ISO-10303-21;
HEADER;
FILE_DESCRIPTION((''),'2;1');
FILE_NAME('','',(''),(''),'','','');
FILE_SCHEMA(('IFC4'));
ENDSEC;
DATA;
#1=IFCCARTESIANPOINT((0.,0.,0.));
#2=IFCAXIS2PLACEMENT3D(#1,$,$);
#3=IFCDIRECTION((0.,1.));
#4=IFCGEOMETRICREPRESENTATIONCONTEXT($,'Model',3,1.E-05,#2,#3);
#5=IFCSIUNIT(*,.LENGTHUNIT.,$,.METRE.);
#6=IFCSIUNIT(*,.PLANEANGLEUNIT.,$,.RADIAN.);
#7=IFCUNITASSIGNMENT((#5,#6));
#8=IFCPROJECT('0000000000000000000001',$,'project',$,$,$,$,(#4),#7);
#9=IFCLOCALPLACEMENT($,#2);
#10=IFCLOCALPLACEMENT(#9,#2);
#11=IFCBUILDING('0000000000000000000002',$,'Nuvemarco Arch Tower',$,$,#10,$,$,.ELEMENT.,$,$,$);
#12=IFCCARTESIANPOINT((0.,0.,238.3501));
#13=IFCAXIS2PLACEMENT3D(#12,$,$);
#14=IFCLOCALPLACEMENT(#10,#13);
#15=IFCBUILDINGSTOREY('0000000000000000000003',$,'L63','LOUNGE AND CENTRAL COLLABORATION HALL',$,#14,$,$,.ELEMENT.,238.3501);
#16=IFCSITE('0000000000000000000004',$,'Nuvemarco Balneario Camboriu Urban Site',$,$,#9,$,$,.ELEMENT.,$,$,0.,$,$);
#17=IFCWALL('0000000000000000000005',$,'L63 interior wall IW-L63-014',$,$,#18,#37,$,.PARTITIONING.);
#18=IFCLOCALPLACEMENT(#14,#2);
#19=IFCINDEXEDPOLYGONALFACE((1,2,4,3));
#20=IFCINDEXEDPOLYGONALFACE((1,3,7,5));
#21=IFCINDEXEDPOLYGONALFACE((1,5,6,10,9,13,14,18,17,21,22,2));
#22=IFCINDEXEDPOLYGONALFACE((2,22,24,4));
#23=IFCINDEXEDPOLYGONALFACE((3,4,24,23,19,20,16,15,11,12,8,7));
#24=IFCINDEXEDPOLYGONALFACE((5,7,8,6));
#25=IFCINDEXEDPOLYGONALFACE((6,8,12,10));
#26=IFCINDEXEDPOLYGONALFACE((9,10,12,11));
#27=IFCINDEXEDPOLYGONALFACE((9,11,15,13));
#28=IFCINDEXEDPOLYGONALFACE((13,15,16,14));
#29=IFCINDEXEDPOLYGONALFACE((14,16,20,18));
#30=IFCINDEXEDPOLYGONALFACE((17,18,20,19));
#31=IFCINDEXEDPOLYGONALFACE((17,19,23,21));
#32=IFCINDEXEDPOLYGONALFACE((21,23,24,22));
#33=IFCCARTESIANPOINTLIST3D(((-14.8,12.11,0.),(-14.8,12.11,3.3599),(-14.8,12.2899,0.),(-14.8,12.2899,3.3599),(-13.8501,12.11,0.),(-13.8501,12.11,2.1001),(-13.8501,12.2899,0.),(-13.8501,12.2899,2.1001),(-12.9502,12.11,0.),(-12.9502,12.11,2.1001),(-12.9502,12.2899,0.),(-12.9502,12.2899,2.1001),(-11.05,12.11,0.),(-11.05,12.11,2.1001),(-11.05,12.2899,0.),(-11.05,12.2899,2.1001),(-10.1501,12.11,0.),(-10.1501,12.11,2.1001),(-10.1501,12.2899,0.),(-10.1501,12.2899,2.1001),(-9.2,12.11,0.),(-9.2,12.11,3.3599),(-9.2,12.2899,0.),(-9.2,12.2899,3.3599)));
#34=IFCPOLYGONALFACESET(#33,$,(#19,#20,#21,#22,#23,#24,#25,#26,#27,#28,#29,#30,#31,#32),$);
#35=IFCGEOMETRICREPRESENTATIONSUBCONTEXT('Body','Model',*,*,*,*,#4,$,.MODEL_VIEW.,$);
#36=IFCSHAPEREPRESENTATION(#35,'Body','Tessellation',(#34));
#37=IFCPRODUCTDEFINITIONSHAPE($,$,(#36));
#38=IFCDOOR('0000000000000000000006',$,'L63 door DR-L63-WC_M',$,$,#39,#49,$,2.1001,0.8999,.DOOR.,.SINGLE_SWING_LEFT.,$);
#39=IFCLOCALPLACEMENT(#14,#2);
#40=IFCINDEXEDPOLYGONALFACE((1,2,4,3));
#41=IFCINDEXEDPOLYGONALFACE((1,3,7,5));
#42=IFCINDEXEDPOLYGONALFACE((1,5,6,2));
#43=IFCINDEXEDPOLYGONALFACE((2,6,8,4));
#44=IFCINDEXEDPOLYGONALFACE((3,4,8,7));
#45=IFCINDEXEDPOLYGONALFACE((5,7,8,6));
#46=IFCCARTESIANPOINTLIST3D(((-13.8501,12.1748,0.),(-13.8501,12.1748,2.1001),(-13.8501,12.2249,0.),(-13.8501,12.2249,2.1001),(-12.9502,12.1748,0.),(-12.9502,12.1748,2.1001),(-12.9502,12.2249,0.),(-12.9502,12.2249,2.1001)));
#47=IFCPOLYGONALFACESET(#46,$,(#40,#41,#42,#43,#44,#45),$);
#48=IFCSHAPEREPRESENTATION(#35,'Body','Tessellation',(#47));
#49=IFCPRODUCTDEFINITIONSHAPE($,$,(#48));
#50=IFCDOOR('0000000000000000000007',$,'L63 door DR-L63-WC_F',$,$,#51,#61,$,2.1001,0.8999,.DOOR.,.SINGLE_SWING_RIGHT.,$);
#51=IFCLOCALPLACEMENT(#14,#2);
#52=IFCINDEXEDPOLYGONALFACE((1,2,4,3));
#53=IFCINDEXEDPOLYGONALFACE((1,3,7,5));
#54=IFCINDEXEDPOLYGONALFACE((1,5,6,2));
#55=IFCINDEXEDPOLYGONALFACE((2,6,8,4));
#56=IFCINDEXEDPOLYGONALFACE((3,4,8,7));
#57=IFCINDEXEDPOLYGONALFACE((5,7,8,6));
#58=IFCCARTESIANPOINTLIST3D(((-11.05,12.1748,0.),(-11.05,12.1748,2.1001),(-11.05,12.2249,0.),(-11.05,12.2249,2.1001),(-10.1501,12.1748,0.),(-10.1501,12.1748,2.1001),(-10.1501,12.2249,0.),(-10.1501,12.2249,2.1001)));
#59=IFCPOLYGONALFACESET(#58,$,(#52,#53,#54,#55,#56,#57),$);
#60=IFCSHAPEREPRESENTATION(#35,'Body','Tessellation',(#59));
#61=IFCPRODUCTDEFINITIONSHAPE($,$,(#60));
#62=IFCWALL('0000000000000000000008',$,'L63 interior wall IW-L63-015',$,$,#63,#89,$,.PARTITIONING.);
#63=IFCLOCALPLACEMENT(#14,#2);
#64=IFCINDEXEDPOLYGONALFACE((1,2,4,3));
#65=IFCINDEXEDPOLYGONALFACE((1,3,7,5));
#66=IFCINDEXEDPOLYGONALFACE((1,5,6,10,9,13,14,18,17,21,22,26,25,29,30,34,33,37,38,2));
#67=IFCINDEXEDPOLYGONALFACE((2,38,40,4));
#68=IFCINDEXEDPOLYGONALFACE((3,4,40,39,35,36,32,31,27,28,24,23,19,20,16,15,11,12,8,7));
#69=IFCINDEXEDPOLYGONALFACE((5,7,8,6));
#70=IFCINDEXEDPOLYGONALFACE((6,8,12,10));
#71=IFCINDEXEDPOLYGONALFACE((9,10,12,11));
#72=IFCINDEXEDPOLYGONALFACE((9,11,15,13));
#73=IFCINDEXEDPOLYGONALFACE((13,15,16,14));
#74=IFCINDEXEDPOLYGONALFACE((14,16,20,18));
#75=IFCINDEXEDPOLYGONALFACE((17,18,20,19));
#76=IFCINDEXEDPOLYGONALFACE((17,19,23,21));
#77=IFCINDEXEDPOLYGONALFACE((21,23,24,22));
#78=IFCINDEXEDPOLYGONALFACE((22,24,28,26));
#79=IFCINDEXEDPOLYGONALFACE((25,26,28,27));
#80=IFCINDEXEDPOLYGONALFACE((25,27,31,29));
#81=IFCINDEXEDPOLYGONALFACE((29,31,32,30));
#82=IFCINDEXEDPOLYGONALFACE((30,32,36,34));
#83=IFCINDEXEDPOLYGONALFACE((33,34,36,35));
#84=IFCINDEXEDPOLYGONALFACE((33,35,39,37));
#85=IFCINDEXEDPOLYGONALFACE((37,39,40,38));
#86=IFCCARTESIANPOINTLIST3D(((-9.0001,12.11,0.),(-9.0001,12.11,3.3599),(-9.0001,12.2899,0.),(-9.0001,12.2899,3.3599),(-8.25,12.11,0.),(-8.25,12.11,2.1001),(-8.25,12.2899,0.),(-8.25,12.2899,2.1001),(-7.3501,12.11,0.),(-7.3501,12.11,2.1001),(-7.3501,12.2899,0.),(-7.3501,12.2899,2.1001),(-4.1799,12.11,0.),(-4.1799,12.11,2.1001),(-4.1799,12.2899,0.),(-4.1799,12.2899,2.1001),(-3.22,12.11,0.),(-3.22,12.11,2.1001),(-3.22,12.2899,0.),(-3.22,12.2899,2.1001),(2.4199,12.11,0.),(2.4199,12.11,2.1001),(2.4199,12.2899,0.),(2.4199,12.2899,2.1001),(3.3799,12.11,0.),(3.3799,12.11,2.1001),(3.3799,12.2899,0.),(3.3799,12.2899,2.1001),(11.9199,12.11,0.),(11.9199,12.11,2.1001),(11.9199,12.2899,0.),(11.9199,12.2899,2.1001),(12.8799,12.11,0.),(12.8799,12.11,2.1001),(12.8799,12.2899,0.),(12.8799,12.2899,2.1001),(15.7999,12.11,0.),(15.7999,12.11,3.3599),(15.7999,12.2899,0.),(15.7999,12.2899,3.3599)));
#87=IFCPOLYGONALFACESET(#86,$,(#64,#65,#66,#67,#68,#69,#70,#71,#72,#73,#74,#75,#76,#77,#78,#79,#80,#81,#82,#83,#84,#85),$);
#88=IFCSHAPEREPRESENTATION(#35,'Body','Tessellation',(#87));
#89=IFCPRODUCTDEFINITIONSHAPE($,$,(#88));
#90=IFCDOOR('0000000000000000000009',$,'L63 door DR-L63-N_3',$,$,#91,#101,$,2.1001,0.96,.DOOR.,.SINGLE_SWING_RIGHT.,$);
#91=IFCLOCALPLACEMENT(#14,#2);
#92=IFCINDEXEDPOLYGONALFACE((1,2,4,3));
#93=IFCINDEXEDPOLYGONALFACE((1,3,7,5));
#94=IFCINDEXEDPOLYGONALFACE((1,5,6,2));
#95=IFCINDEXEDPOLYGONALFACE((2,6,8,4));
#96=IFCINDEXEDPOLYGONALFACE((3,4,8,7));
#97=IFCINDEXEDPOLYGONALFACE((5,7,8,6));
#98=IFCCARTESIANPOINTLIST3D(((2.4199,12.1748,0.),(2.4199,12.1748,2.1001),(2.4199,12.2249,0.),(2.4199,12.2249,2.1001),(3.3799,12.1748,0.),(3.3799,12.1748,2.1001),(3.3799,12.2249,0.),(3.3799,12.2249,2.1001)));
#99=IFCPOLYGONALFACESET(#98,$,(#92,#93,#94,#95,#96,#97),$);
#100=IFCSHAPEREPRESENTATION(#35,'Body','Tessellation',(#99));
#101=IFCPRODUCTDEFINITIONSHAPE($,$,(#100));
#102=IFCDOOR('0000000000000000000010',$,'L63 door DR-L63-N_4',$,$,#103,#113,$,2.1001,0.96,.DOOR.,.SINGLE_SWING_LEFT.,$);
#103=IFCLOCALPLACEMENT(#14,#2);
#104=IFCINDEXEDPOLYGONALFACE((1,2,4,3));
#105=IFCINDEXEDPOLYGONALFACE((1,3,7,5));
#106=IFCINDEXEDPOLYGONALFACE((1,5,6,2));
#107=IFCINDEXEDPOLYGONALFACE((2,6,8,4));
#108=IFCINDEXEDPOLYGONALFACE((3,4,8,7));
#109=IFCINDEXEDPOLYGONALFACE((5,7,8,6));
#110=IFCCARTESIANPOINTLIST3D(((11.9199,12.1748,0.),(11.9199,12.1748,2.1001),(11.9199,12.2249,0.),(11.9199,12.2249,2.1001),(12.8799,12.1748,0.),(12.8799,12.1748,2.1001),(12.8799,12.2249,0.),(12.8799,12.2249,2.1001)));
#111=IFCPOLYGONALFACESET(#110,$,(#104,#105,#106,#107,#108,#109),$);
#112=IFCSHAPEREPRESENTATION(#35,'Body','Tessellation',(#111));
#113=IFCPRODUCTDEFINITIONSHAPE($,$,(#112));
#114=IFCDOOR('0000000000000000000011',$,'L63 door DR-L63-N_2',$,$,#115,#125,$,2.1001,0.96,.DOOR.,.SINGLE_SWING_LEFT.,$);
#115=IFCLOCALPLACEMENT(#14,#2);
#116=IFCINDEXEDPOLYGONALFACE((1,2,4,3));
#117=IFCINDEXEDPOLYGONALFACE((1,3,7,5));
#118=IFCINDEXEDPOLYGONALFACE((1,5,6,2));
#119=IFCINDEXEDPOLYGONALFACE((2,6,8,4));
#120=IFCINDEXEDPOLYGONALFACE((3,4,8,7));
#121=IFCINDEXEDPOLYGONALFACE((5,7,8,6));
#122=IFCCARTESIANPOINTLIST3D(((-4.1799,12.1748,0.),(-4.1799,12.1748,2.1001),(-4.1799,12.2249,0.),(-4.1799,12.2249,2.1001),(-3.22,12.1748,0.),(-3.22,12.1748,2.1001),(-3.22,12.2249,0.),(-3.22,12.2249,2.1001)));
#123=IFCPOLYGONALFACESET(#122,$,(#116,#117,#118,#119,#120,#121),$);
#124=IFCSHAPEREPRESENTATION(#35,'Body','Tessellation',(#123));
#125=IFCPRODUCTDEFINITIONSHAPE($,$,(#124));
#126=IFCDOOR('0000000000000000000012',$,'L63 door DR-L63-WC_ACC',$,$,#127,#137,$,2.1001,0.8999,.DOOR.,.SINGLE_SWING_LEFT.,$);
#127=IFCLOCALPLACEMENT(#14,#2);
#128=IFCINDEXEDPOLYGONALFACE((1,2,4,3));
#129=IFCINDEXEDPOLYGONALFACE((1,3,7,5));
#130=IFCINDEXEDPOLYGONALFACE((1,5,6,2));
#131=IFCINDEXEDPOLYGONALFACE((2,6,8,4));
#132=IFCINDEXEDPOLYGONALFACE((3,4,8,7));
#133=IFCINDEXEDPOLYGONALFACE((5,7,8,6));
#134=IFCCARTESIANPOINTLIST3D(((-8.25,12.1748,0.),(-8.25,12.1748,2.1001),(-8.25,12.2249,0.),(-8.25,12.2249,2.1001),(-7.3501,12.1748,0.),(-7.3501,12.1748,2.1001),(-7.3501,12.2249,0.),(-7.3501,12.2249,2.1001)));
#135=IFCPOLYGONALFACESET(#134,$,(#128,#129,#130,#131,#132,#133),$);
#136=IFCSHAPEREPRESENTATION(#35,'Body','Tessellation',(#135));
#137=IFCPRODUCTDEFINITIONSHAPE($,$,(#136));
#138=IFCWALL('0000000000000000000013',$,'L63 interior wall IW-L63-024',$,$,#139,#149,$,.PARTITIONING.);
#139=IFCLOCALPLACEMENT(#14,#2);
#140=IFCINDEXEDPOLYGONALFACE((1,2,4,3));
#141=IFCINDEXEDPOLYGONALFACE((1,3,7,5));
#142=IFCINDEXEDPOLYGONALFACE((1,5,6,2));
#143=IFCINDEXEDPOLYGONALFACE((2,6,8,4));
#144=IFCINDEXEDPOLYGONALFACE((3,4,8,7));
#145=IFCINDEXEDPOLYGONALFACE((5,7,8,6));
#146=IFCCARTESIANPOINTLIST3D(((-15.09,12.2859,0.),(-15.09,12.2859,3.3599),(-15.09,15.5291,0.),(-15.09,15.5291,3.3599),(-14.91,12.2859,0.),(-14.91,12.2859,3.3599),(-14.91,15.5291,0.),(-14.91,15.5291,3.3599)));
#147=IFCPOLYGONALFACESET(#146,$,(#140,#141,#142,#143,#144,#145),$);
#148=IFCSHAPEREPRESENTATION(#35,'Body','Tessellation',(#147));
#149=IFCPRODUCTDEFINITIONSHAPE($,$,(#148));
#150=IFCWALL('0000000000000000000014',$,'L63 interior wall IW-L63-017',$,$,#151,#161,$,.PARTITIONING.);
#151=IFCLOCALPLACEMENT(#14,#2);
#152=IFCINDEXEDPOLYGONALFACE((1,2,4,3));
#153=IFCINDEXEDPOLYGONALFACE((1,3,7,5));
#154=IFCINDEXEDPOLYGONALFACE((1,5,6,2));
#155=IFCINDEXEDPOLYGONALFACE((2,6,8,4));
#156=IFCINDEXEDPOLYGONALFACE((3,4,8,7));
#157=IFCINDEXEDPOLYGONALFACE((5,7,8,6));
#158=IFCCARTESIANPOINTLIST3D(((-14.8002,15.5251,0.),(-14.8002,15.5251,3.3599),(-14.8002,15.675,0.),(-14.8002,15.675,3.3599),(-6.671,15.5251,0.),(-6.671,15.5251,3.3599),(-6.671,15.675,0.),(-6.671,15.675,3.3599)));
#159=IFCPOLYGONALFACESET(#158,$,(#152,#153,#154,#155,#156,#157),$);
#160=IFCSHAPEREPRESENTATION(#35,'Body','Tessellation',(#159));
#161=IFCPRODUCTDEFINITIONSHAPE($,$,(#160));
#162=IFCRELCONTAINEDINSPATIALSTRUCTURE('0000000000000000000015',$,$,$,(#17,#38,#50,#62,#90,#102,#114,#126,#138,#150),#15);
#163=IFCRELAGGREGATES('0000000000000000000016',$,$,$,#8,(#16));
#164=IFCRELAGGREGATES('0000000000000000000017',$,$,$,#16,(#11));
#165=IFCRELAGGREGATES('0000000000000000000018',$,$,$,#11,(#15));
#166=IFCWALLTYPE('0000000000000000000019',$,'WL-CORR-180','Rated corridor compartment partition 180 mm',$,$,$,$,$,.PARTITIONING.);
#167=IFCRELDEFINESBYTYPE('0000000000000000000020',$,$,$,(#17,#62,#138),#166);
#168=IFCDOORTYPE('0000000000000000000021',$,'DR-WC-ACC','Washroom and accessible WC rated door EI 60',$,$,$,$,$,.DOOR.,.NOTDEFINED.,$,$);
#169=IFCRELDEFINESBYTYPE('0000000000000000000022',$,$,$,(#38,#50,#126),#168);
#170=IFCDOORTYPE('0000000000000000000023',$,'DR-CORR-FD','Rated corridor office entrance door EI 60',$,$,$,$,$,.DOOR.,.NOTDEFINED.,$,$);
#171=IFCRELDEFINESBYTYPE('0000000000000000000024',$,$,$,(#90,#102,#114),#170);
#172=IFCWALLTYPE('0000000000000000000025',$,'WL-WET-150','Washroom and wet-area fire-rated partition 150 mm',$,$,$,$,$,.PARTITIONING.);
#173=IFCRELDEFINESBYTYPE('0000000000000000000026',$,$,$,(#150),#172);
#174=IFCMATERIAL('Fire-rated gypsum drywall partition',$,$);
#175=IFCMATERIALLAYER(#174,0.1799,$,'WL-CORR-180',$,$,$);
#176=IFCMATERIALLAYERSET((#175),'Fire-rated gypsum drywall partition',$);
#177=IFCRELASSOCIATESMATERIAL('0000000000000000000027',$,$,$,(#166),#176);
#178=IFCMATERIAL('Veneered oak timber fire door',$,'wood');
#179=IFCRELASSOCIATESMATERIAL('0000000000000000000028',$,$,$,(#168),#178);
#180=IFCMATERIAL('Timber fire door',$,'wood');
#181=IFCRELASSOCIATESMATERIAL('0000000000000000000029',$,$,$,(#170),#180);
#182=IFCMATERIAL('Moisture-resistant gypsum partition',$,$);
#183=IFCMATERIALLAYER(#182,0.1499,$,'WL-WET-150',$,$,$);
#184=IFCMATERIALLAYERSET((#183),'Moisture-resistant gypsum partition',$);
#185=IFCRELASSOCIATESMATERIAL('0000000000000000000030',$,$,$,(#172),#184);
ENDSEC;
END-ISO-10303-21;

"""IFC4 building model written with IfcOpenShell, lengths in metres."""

from ifc_helpers import new_model, si_unit, direction, frame, frame_2d, origin, place, context, subcontext, project, spatial, rectangle, extrude, source, transform, mapped, material, layer, layer_set, type_object, type_shapes, element, fill, save


model = new_model("IFC4")

# Units and contexts
model_context = context("Model", 3, precision=1e-05, world=origin(), true_north=direction((0.0, 1.0)))
body_context = subcontext(model_context, "Body", "Model", "MODEL_VIEW")
ifc_project = project(units=[si_unit("LENGTHUNIT", "METRE"), si_unit("PLANEANGLEUNIT", "RADIAN")], contexts=[model_context])

# Site, building, storey
site_placement = place(None, origin())
site = spatial("IfcSite", under=ifc_project, at=site_placement, Name="Nuvemarco Balneario Camboriu Urban Site", CompositionType="ELEMENT", RefElevation=0.0)
building_placement = place(site_placement, origin())
building = spatial("IfcBuilding", under=site, at=building_placement, Name="Nuvemarco Arch Tower", CompositionType="ELEMENT")
storey_placement = place(building_placement, frame((0.0, 0.0, 238.3501)))
storey = spatial("IfcBuildingStorey", under=building, at=storey_placement, Name="L63", Description="LOUNGE AND CENTRAL COLLABORATION HALL", CompositionType="ELEMENT", Elevation=238.3501)

# Walls, openings, doors
ifc_material_1 = material(Name="Fire-rated gypsum drywall partition")
ifc_layer_1 = layer(ifc_material_1, 0.1799, Name="WL-CORR-180")
ifc_layer_set_1 = layer_set([ifc_layer_1], Name="Fire-rated gypsum drywall partition")
wall_type_1 = type_object("IfcWallType", Name="WL-CORR-180", Description="Rated corridor compartment partition 180 mm", PredefinedType="PARTITIONING", material=ifc_layer_set_1)
wall_1_placement = place(storey_placement, frame((-14.8, 12.2, 0.0), z_axis=(0.0, 0.0, 1.0), x_axis=(1.0, 0.0, 0.0)))
wall_1 = element("IfcWall", 1, at=wall_1_placement, inside=storey, type_object=wall_type_1, Name="L63 interior wall IW-L63-014", PredefinedType="PARTITIONING", context=body_context, shape_type="SweptSolid", body=[
    extrude(rectangle(XDim=5.6001, YDim=0.1799, at=frame_2d((2.8, 0.0))), origin(), (0.0, 0.0, 1.0), 3.3599),
])
opening_1_placement = place(wall_1_placement, frame((0.95, 0.0, 0.0)))
opening_1 = element("IfcOpeningElement", 2, at=opening_1_placement, cuts=wall_1, PredefinedType="OPENING", context=body_context, shape_type="SweptSolid", body=[
    extrude(rectangle(XDim=0.8999, YDim=2.1001, at=frame_2d((0.45, 1.05))), frame((0.0, 0.0999, 0.0), z_axis=(0.0, -1.0, 0.0), x_axis=(1.0, 0.0, 0.0)), (0.0, 0.0, 1.0), 0.2),
])
opening_2_placement = place(wall_1_placement, frame((3.75, 0.0, 0.0)))
opening_2 = element("IfcOpeningElement", 3, at=opening_2_placement, cuts=wall_1, PredefinedType="OPENING", context=body_context, shape_type="SweptSolid", body=[
    extrude(rectangle(XDim=0.8999, YDim=2.1001, at=frame_2d((0.45, 1.05))), frame((0.0, 0.0999, 0.0), z_axis=(0.0, -1.0, 0.0), x_axis=(1.0, 0.0, 0.0)), (0.0, 0.0, 1.0), 0.2),
])
ifc_material_2 = material(Name="Veneered oak timber fire door", Category="wood")
door_type_1 = type_object("IfcDoorType", Name="DR-WC-ACC", Description="Washroom and accessible WC rated door EI 60", OperationType="NOTDEFINED", PredefinedType="DOOR", material=ifc_material_2)
shared_shape_1 = source(origin(), body_context, "Body", "SweptSolid", [
    extrude(rectangle(XDim=0.8999, YDim=2.1001, at=frame_2d((0.45, 1.05))), frame((0.0, 0.0249, 0.0), z_axis=(0.0, -1.0, 0.0), x_axis=(1.0, 0.0, 0.0)), (0.0, 0.0, 1.0), 0.05),
])
type_shapes(door_type_1, [shared_shape_1])
door_1_placement = place(opening_1_placement, origin())
door_1 = element("IfcDoor", 4, at=door_1_placement, inside=storey, type_object=door_type_1, Name="L63 door DR-L63-WC_M", OperationType="SINGLE_SWING_LEFT", OverallHeight=2.1001, OverallWidth=0.8999, PredefinedType="DOOR", context=body_context, shape_type="MappedRepresentation", body=[
    mapped(shared_shape_1, transform((0.0, 0.0, 0.0), scale=1.0)),
])
fill(opening_1, door_1)
door_2_placement = place(opening_2_placement, origin())
door_2 = element("IfcDoor", 5, at=door_2_placement, inside=storey, type_object=door_type_1, Name="L63 door DR-L63-WC_F", OperationType="SINGLE_SWING_RIGHT", OverallHeight=2.1001, OverallWidth=0.8999, PredefinedType="DOOR", context=body_context, shape_type="MappedRepresentation", body=[
    mapped(shared_shape_1, transform((0.0, 0.0, 0.0), scale=1.0)),
])
fill(opening_2, door_2)
wall_2_placement = place(storey_placement, frame((-9.0, 12.2, 0.0), z_axis=(0.0, 0.0, 1.0), x_axis=(1.0, 0.0, 0.0)))
wall_2 = element("IfcWall", 6, at=wall_2_placement, inside=storey, type_object=wall_type_1, Name="L63 interior wall IW-L63-015", PredefinedType="PARTITIONING", context=body_context, shape_type="SweptSolid", body=[
    extrude(rectangle(XDim=24.8, YDim=0.1799, at=frame_2d((12.3999, 0.0))), origin(), (0.0, 0.0, 1.0), 3.3599),
])
opening_3_placement = place(wall_2_placement, frame((11.4199, 0.0, 0.0)))
opening_3 = element("IfcOpeningElement", 7, at=opening_3_placement, cuts=wall_2, PredefinedType="OPENING", context=body_context, shape_type="SweptSolid", body=[
    extrude(rectangle(XDim=0.96, YDim=2.1001, at=frame_2d((0.48, 1.05))), frame((0.0, 0.0999, 0.0), z_axis=(0.0, -1.0, 0.0), x_axis=(1.0, 0.0, 0.0)), (0.0, 0.0, 1.0), 0.2),
])
opening_4_placement = place(wall_2_placement, frame((20.9199, 0.0, 0.0)))
opening_4 = element("IfcOpeningElement", 8, at=opening_4_placement, cuts=wall_2, PredefinedType="OPENING", context=body_context, shape_type="SweptSolid", body=[
    extrude(rectangle(XDim=0.96, YDim=2.1001, at=frame_2d((0.48, 1.05))), frame((0.0, 0.0999, 0.0), z_axis=(0.0, -1.0, 0.0), x_axis=(1.0, 0.0, 0.0)), (0.0, 0.0, 1.0), 0.2),
])
opening_5_placement = place(wall_2_placement, frame((4.8201, 0.0, 0.0)))
opening_5 = element("IfcOpeningElement", 9, at=opening_5_placement, cuts=wall_2, PredefinedType="OPENING", context=body_context, shape_type="SweptSolid", body=[
    extrude(rectangle(XDim=0.96, YDim=2.1001, at=frame_2d((0.48, 1.05))), frame((0.0, 0.0999, 0.0), z_axis=(0.0, -1.0, 0.0), x_axis=(1.0, 0.0, 0.0)), (0.0, 0.0, 1.0), 0.2),
])
opening_6_placement = place(wall_2_placement, frame((0.75, 0.0, 0.0)))
opening_6 = element("IfcOpeningElement", 10, at=opening_6_placement, cuts=wall_2, PredefinedType="OPENING", context=body_context, shape_type="SweptSolid", body=[
    extrude(rectangle(XDim=0.8999, YDim=2.1001, at=frame_2d((0.45, 1.05))), frame((0.0, 0.0999, 0.0), z_axis=(0.0, -1.0, 0.0), x_axis=(1.0, 0.0, 0.0)), (0.0, 0.0, 1.0), 0.2),
])
ifc_material_3 = material(Name="Timber fire door", Category="wood")
door_type_2 = type_object("IfcDoorType", Name="DR-CORR-FD", Description="Rated corridor office entrance door EI 60", OperationType="NOTDEFINED", PredefinedType="DOOR", material=ifc_material_3)
shared_shape_2 = source(origin(), body_context, "Body", "SweptSolid", [
    extrude(rectangle(XDim=0.96, YDim=2.1001, at=frame_2d((0.48, 1.05))), frame((0.0, 0.0249, 0.0), z_axis=(0.0, -1.0, 0.0), x_axis=(1.0, 0.0, 0.0)), (0.0, 0.0, 1.0), 0.05),
])
type_shapes(door_type_2, [shared_shape_2])
door_3_placement = place(opening_3_placement, origin())
door_3 = element("IfcDoor", 11, at=door_3_placement, inside=storey, type_object=door_type_2, Name="L63 door DR-L63-N_3", OperationType="SINGLE_SWING_RIGHT", OverallHeight=2.1001, OverallWidth=0.96, PredefinedType="DOOR", context=body_context, shape_type="MappedRepresentation", body=[
    mapped(shared_shape_2, transform((0.0, 0.0, 0.0), scale=1.0)),
])
fill(opening_3, door_3)
door_4_placement = place(opening_4_placement, origin())
door_4 = element("IfcDoor", 12, at=door_4_placement, inside=storey, type_object=door_type_2, Name="L63 door DR-L63-N_4", OperationType="SINGLE_SWING_LEFT", OverallHeight=2.1001, OverallWidth=0.96, PredefinedType="DOOR", context=body_context, shape_type="MappedRepresentation", body=[
    mapped(shared_shape_2, transform((0.0, 0.0, 0.0), scale=1.0)),
])
fill(opening_4, door_4)
door_5_placement = place(opening_5_placement, origin())
door_5 = element("IfcDoor", 13, at=door_5_placement, inside=storey, type_object=door_type_2, Name="L63 door DR-L63-N_2", OperationType="SINGLE_SWING_LEFT", OverallHeight=2.1001, OverallWidth=0.96, PredefinedType="DOOR", context=body_context, shape_type="MappedRepresentation", body=[
    mapped(shared_shape_2, transform((0.0, 0.0, 0.0), scale=1.0)),
])
fill(opening_5, door_5)
door_6_placement = place(opening_6_placement, origin())
door_6 = element("IfcDoor", 14, at=door_6_placement, inside=storey, type_object=door_type_1, Name="L63 door DR-L63-WC_ACC", OperationType="SINGLE_SWING_LEFT", OverallHeight=2.1001, OverallWidth=0.8999, PredefinedType="DOOR", context=body_context, shape_type="MappedRepresentation", body=[
    mapped(shared_shape_1, transform((0.0, 0.0, 0.0), scale=1.0)),
])
fill(opening_6, door_6)

# Walls
wall_3_placement = place(storey_placement, frame((-15.0, 12.2859, 0.0), z_axis=(0.0, 0.0, 1.0), x_axis=(0.0, 1.0, 0.0)))
element("IfcWall", 15, at=wall_3_placement, inside=storey, type_object=wall_type_1, Name="L63 interior wall IW-L63-024", PredefinedType="PARTITIONING", context=body_context, shape_type="SweptSolid", body=[
    extrude(rectangle(XDim=3.2432, YDim=0.1799, at=frame_2d((1.6216, 0.0))), origin(), (0.0, 0.0, 1.0), 3.3599),
])
ifc_material_4 = material(Name="Moisture-resistant gypsum partition")
ifc_layer_2 = layer(ifc_material_4, 0.1499, Name="WL-WET-150")
ifc_layer_set_2 = layer_set([ifc_layer_2], Name="Moisture-resistant gypsum partition")
wall_type_2 = type_object("IfcWallType", Name="WL-WET-150", Description="Washroom and wet-area fire-rated partition 150 mm", PredefinedType="PARTITIONING", material=ifc_layer_set_2)
wall_4_placement = place(storey_placement, frame((-14.8, 15.6001, 0.0), z_axis=(0.0, 0.0, 1.0), x_axis=(1.0, 0.0, 0.0)))
element("IfcWall", 16, at=wall_4_placement, inside=storey, type_object=wall_type_2, Name="L63 interior wall IW-L63-017", PredefinedType="PARTITIONING", context=body_context, shape_type="SweptSolid", body=[
    extrude(rectangle(XDim=8.1292, YDim=0.1499, at=frame_2d((4.0645, 0.0))), origin(), (0.0, 0.0, 1.0), 3.3599),
])

save(model, "model.ifc")
